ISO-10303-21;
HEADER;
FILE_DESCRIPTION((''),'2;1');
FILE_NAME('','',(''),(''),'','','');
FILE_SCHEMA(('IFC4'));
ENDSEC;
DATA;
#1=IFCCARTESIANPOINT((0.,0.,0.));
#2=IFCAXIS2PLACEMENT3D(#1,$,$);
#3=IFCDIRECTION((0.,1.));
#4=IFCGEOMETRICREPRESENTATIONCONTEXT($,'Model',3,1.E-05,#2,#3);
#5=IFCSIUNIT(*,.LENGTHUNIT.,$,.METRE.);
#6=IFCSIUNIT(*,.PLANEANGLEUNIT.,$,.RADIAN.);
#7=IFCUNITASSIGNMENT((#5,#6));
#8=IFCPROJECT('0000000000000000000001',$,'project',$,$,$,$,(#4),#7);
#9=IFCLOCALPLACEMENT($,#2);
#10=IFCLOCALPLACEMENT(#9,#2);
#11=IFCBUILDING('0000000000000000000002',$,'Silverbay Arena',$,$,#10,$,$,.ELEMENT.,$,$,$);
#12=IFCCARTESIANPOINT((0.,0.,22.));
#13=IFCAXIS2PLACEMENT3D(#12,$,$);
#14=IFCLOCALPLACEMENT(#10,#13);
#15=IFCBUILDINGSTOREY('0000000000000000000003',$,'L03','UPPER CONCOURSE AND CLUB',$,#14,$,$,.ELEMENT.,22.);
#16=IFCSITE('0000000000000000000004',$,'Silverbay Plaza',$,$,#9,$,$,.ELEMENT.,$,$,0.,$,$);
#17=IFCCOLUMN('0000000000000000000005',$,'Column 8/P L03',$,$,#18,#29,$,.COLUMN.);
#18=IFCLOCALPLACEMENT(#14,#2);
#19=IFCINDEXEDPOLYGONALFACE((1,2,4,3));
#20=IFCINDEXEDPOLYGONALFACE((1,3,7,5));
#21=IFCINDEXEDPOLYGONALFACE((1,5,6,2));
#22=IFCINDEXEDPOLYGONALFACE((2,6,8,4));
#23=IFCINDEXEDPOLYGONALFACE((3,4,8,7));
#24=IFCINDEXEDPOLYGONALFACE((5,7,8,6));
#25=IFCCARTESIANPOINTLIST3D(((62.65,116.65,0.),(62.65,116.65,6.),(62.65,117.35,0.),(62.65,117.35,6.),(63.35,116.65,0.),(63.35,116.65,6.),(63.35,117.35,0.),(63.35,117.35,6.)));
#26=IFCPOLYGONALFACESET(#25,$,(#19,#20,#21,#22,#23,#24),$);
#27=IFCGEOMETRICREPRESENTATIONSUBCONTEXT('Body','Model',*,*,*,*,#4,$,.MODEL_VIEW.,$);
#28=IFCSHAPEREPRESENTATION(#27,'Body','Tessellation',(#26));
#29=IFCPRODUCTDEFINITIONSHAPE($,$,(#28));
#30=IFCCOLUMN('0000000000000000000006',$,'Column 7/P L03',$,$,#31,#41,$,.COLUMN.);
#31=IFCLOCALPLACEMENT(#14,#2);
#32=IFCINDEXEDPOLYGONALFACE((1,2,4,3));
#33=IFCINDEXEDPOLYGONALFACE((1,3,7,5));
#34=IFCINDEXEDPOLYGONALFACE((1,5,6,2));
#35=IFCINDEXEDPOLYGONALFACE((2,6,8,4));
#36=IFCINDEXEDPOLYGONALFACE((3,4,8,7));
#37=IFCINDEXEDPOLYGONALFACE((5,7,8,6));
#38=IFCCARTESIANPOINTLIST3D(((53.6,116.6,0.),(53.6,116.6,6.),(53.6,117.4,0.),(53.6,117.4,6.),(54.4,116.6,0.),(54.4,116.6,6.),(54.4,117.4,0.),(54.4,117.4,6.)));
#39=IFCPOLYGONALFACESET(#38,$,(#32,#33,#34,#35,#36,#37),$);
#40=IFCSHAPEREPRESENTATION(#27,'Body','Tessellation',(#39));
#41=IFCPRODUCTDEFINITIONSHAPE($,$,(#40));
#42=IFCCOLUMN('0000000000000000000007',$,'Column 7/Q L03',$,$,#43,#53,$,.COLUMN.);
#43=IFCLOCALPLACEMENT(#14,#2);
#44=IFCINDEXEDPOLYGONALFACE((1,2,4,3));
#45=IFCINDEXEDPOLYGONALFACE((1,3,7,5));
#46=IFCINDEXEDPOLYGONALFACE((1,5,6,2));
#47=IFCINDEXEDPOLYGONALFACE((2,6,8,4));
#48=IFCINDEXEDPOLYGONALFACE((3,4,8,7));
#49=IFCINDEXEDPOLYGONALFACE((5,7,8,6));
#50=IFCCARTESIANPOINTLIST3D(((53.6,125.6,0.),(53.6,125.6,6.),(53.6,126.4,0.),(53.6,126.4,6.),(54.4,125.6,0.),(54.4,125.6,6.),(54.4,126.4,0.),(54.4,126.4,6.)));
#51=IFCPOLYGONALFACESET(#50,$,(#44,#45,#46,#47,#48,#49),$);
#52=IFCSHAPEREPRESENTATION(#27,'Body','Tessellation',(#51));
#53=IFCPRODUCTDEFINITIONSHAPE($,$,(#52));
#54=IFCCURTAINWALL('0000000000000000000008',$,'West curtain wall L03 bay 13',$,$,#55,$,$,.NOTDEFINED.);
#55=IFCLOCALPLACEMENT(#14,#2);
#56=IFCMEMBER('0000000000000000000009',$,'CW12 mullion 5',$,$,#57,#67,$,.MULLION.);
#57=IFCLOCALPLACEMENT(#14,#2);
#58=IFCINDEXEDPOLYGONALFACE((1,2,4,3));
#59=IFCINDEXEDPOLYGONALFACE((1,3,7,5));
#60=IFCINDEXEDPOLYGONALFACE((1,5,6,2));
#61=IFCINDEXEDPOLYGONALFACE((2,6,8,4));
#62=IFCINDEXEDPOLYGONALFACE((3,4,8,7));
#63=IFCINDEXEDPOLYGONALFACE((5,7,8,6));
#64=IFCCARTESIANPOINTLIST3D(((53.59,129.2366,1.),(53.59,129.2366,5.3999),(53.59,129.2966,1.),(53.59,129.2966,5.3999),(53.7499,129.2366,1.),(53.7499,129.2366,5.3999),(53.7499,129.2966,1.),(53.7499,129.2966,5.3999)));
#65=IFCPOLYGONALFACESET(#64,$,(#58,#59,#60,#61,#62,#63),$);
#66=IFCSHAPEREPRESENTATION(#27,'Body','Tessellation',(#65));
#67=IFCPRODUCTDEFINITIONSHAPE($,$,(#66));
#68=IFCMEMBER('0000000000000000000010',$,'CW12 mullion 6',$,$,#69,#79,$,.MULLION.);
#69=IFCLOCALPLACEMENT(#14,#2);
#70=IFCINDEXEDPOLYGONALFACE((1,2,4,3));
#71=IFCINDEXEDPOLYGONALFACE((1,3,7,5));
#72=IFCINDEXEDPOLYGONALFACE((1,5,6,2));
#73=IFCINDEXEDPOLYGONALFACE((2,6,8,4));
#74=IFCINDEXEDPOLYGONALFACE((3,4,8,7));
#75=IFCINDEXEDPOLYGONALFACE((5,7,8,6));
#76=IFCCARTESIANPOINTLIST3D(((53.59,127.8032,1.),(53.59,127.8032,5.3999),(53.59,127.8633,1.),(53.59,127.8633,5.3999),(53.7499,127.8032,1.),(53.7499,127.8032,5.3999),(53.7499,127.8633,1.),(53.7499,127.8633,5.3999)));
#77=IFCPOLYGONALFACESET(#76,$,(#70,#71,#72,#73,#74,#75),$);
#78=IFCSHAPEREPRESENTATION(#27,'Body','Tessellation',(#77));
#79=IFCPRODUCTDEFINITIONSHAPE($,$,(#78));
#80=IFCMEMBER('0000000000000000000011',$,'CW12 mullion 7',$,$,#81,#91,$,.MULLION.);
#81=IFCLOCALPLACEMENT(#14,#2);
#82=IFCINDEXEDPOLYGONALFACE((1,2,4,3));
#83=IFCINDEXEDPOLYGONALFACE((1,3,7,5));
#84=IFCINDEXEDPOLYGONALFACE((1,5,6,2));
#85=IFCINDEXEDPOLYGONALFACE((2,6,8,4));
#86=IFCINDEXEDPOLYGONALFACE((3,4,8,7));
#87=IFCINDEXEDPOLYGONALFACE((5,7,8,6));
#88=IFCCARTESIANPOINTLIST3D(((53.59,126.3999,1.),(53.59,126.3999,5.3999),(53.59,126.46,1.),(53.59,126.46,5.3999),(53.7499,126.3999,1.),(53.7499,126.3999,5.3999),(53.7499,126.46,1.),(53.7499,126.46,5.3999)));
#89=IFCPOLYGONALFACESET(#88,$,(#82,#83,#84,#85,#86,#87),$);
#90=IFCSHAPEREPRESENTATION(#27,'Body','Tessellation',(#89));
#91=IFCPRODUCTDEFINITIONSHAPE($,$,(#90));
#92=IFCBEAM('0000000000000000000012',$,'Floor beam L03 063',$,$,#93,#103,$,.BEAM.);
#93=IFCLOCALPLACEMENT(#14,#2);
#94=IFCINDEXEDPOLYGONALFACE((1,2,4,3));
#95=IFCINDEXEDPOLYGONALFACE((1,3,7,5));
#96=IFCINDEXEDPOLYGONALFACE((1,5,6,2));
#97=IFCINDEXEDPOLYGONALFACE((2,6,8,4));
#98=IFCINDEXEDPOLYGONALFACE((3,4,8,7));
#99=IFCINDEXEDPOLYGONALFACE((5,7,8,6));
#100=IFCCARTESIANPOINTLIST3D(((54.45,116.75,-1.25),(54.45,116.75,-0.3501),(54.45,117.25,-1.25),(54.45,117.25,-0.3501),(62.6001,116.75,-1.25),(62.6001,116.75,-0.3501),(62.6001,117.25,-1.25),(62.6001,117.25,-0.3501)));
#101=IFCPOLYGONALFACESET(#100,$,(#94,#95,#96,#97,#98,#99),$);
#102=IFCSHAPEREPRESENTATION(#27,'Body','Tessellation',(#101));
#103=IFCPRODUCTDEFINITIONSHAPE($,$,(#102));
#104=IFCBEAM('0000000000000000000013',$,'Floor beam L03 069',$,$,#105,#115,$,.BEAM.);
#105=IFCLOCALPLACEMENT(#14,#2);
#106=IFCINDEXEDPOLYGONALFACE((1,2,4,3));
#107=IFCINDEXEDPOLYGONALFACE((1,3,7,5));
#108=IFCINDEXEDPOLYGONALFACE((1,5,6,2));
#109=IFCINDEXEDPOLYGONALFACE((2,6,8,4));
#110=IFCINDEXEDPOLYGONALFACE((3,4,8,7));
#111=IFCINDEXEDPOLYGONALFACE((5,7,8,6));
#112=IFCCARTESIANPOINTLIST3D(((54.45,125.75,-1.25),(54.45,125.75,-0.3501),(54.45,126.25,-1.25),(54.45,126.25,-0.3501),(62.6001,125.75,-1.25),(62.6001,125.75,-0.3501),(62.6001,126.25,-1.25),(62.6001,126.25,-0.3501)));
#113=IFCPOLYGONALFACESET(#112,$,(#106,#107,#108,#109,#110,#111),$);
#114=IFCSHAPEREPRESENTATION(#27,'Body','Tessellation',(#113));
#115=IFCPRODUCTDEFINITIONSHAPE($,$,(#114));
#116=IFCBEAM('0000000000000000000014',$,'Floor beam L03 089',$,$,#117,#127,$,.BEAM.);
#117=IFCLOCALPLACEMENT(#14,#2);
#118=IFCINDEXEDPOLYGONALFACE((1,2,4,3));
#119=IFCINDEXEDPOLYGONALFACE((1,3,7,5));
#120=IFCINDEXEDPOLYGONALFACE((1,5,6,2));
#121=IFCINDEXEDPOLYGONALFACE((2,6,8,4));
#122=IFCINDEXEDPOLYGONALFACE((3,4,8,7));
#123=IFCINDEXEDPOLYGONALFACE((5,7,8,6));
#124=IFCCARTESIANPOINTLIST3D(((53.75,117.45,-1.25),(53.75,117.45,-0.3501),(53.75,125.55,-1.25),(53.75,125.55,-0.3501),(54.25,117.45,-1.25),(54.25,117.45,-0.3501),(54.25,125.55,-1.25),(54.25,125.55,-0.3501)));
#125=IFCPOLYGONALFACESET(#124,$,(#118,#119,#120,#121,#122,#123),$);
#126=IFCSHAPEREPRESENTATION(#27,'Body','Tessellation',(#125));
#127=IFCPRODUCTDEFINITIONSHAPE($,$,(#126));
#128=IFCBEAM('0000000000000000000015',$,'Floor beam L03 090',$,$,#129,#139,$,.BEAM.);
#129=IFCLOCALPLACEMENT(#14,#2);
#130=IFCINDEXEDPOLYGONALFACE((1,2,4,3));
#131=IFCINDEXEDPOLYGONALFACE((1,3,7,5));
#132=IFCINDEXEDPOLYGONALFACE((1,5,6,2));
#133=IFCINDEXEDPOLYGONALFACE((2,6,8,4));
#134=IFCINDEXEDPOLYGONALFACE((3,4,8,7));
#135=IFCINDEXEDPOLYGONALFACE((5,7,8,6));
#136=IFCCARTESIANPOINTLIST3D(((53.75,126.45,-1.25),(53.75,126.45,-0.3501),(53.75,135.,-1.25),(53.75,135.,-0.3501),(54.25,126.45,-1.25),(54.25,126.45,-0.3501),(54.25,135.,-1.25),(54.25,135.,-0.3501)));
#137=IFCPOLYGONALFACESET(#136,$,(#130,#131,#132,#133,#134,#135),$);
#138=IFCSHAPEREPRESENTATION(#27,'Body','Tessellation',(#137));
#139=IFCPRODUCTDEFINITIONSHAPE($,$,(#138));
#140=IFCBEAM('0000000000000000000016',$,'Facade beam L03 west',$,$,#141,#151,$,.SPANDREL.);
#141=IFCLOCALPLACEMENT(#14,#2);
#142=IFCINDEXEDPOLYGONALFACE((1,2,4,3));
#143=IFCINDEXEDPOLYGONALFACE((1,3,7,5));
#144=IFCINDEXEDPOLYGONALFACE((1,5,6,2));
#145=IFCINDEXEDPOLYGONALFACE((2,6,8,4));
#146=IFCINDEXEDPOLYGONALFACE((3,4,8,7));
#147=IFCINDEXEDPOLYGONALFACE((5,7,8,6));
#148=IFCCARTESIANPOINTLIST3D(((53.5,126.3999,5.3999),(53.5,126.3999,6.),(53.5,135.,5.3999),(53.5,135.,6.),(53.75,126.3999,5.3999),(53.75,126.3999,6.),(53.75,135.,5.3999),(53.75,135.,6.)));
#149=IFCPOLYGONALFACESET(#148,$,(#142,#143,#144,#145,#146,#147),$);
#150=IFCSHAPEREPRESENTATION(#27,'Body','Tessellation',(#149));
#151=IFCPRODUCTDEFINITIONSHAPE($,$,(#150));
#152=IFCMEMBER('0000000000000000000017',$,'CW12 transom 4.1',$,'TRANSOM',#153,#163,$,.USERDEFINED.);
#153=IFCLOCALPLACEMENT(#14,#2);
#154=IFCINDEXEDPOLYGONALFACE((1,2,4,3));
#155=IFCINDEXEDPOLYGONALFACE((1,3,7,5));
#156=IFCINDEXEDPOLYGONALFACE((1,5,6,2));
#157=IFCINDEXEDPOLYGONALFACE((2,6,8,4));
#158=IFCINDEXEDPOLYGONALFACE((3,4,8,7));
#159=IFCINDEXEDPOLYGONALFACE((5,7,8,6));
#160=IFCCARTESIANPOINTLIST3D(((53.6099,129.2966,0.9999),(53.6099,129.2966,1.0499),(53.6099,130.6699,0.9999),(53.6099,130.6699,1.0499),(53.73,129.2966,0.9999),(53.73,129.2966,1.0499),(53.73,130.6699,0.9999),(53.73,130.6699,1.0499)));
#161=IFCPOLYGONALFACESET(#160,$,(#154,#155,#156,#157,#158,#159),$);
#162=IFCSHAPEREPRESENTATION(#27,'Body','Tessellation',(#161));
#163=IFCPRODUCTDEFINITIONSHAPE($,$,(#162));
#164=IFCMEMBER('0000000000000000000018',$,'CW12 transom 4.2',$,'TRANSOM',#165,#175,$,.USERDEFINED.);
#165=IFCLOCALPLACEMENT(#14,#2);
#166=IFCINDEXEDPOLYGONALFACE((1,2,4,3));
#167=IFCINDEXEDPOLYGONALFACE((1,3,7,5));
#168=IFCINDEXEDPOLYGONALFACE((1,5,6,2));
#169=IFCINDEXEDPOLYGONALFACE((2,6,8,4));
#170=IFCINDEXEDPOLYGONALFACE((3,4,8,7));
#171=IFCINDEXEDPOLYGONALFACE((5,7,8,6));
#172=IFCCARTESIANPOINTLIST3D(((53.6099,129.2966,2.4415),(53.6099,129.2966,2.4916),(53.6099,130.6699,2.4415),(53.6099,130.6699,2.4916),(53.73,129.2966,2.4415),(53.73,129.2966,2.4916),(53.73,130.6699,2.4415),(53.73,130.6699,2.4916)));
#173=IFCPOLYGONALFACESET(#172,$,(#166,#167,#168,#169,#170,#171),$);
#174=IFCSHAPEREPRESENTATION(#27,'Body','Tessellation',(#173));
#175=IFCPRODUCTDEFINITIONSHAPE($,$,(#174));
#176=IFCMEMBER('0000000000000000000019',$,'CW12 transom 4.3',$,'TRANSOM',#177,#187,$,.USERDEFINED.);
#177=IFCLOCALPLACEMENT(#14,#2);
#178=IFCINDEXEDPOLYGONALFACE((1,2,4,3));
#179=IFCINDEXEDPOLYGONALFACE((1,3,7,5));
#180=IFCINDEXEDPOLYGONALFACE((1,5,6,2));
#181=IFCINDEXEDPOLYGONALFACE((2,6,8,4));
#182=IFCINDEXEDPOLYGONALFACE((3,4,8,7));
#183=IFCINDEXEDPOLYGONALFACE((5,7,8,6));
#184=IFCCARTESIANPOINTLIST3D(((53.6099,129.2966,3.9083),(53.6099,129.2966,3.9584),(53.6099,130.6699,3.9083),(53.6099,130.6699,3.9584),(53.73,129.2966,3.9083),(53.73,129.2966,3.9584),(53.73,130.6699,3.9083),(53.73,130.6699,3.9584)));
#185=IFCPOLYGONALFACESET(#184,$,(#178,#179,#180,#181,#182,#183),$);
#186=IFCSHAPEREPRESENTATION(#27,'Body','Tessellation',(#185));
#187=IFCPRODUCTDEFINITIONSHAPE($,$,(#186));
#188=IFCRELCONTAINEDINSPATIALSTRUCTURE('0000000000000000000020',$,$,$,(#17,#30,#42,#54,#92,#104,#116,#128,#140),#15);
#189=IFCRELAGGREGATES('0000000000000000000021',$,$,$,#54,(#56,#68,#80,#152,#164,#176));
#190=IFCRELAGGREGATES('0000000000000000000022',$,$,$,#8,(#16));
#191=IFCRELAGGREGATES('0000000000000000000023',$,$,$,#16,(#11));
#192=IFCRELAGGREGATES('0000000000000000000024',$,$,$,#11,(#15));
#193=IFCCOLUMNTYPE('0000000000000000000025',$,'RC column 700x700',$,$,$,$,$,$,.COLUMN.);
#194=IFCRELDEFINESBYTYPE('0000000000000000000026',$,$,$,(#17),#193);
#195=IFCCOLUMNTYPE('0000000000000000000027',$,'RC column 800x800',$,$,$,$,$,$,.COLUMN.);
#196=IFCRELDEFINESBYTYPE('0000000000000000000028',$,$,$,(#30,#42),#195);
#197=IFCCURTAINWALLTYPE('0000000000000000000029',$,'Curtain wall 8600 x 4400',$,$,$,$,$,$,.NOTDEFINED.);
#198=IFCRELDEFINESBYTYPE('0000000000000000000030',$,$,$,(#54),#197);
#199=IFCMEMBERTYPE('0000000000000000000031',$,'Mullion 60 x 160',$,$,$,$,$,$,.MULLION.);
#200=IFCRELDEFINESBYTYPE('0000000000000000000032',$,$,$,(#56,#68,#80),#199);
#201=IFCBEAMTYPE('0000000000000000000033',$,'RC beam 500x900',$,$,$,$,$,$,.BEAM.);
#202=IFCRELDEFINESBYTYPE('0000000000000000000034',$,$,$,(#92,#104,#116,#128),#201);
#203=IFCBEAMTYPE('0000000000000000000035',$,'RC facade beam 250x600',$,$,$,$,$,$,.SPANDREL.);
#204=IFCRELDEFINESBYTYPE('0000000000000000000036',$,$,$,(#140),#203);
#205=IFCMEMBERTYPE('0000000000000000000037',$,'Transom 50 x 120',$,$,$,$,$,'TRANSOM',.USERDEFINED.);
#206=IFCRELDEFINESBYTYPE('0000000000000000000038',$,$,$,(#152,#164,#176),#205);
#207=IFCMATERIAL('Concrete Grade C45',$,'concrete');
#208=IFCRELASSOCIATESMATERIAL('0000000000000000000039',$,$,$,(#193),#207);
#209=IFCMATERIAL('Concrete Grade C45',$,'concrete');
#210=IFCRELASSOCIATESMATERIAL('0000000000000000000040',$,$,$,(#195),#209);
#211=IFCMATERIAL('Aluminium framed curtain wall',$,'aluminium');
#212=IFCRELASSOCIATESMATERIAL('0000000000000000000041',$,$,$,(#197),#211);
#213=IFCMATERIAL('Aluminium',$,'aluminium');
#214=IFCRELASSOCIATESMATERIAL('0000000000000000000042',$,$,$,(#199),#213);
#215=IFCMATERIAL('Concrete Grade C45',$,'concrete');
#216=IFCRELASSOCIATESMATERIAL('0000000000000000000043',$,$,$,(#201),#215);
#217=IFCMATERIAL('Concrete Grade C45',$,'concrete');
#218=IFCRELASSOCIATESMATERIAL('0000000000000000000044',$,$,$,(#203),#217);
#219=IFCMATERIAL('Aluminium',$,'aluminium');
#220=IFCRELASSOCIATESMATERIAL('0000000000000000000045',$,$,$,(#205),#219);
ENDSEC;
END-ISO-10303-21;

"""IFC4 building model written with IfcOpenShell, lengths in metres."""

from ifc_helpers import new_model, si_unit, direction, frame, origin, origin_2d, place, context, subcontext, project, spatial, rectangle, extrude, material, material_profile, profile_set, type_object, element, aggregate, save


model = new_model("IFC4")

# Units and contexts
model_context = context("Model", 3, precision=1e-05, world=origin(), true_north=direction((0.0, 1.0)))
body_context = subcontext(model_context, "Body", "Model", "MODEL_VIEW")
ifc_project = project(units=[si_unit("LENGTHUNIT", "METRE"), si_unit("PLANEANGLEUNIT", "RADIAN")], contexts=[model_context])

# Site, building, storey
site_placement = place(None, origin())
site = spatial("IfcSite", under=ifc_project, at=site_placement, Name="Silverbay Plaza", CompositionType="ELEMENT", RefElevation=0.0)
building_placement = place(site_placement, origin())
building = spatial("IfcBuilding", under=site, at=building_placement, Name="Silverbay Arena", CompositionType="ELEMENT")
storey_placement = place(building_placement, frame((0.0, 0.0, 22.0)))
storey = spatial("IfcBuildingStorey", under=building, at=storey_placement, Name="L03", Description="UPPER CONCOURSE AND CLUB", CompositionType="ELEMENT", Elevation=22.0)

# Columns
ifc_material_1 = material(Name="Concrete Grade C45", Category="concrete")
ifc_material_profile_1 = material_profile(ifc_material_1, rectangle(XDim=0.7, YDim=0.7, at=origin_2d()), Name="RC 700x700")
ifc_profile_set_1 = profile_set([ifc_material_profile_1], Name="Concrete Grade C45")
column_type_1 = type_object("IfcColumnType", Name="RC column 700x700", PredefinedType="COLUMN", material=ifc_profile_set_1)
column_placement = place(storey_placement, frame((63.0, 117.0, 0.0), z_axis=(0.0, 0.0, 1.0), x_axis=(1.0, 0.0, 0.0)))
element("IfcColumn", 1, at=column_placement, inside=storey, type_object=column_type_1, Name="Column 8/P L03", PredefinedType="COLUMN", context=body_context, shape_type="SweptSolid", body=[
    extrude(rectangle(XDim=0.7, YDim=0.7, at=origin_2d()), origin(), (0.0, 0.0, 1.0), 6.0),
])
ifc_material_2 = material(Name="Concrete Grade C45", Category="concrete")
ifc_material_profile_2 = material_profile(ifc_material_2, rectangle(XDim=0.8, YDim=0.8, at=origin_2d()), Name="RC 800x800")
ifc_profile_set_2 = profile_set([ifc_material_profile_2], Name="Concrete Grade C45")
column_type_2 = type_object("IfcColumnType", Name="RC column 800x800", PredefinedType="COLUMN", material=ifc_profile_set_2)
for number, where, z_axis, x_axis, name in (
    (2, (54.0, 117.0, 0.0), (0.0, 0.0, 1.0), (1.0, 0.0, 0.0), "Column 7/P L03"),
    (3, (54.0, 126.0, 0.0), (0.0, 0.0, 1.0), (1.0, 0.0, 0.0), "Column 7/Q L03"),
):
    element("IfcColumn", number, at=place(storey_placement, frame(where, z_axis=z_axis, x_axis=x_axis)), inside=storey, type_object=column_type_2, Name=name, PredefinedType="COLUMN", context=body_context, shape_type="SweptSolid", body=[
        extrude(rectangle(XDim=0.8, YDim=0.8, at=origin_2d()), origin(), (0.0, 0.0, 1.0), 6.0),
    ])

# Curtain wall, members
ifc_material_3 = material(Name="Aluminium framed curtain wall", Category="aluminium")
curtain_wall_type = type_object("IfcCurtainWallType", Name="Curtain wall 8600 x 4400", PredefinedType="NOTDEFINED", material=ifc_material_3)
curtain_wall_placement = place(storey_placement, origin())
curtain_wall = element("IfcCurtainWall", 4, at=curtain_wall_placement, inside=storey, type_object=curtain_wall_type, Name="West curtain wall L03 bay 13", PredefinedType="NOTDEFINED")
ifc_material_4 = material(Name="Aluminium", Category="aluminium")
ifc_material_profile_3 = material_profile(ifc_material_4, rectangle(XDim=0.1599, YDim=0.0601, at=origin_2d()), Name="Mullion 60 x 160")
ifc_profile_set_3 = profile_set([ifc_material_profile_3], Name="Aluminium")
member_type_1 = type_object("IfcMemberType", Name="Mullion 60 x 160", PredefinedType="MULLION", material=ifc_profile_set_3)
member_1_placement = place(storey_placement, frame((53.6699, 129.2666, 1.0), z_axis=(0.0, 0.0, 1.0), x_axis=(1.0, 0.0, 0.0)))
member_1 = element("IfcMember", 5, at=member_1_placement, type_object=member_type_1, Name="CW12 mullion 5", PredefinedType="MULLION", context=body_context, shape_type="SweptSolid", body=[
    extrude(rectangle(XDim=0.1599, YDim=0.0601, at=origin_2d()), origin(), (0.0, 0.0, 1.0), 4.3999),
])
member_2_placement = place(storey_placement, frame((53.6699, 127.8333, 1.0), z_axis=(0.0, 0.0, 1.0), x_axis=(1.0, 0.0, 0.0)))
member_2 = element("IfcMember", 6, at=member_2_placement, type_object=member_type_1, Name="CW12 mullion 6", PredefinedType="MULLION", context=body_context, shape_type="SweptSolid", body=[
    extrude(rectangle(XDim=0.1599, YDim=0.0601, at=origin_2d()), origin(), (0.0, 0.0, 1.0), 4.3999),
])
member_3_placement = place(storey_placement, frame((53.6699, 126.4299, 1.0), z_axis=(0.0, 0.0, 1.0), x_axis=(1.0, 0.0, 0.0)))
member_3 = element("IfcMember", 7, at=member_3_placement, type_object=member_type_1, Name="CW12 mullion 7", PredefinedType="MULLION", context=body_context, shape_type="SweptSolid", body=[
    extrude(rectangle(XDim=0.1599, YDim=0.0601, at=origin_2d()), origin(), (0.0, 0.0, 1.0), 4.3999),
])

# Beams
ifc_material_5 = material(Name="Concrete Grade C45", Category="concrete")
ifc_material_profile_4 = material_profile(ifc_material_5, rectangle(XDim=0.5, YDim=0.8999, at=origin_2d()), Name="RC 500x900")
ifc_profile_set_4 = profile_set([ifc_material_profile_4], Name="Concrete Grade C45")
beam_type_1 = type_object("IfcBeamType", Name="RC beam 500x900", PredefinedType="BEAM", material=ifc_profile_set_4)
for number, where, z_axis, x_axis, name in (
    (8, (54.45, 117.0, -0.8), (1.0, 0.0, 0.0), (0.0, 1.0, 0.0), "Floor beam L03 063"),
    (9, (54.45, 126.0, -0.8), (1.0, 0.0, 0.0), (0.0, 1.0, 0.0), "Floor beam L03 069"),
):
    element("IfcBeam", number, at=place(storey_placement, frame(where, z_axis=z_axis, x_axis=x_axis)), inside=storey, type_object=beam_type_1, Name=name, PredefinedType="BEAM", context=body_context, shape_type="SweptSolid", body=[
        extrude(rectangle(XDim=0.5, YDim=0.8999, at=origin_2d()), origin(), (0.0, 0.0, 1.0), 8.1501),
    ])
beam_1_placement = place(storey_placement, frame((54.0, 117.45, -0.8), z_axis=(0.0, 1.0, 0.0), x_axis=(-1.0, 0.0, 0.0)))
element("IfcBeam", 10, at=beam_1_placement, inside=storey, type_object=beam_type_1, Name="Floor beam L03 089", PredefinedType="BEAM", context=body_context, shape_type="SweptSolid", body=[
    extrude(rectangle(XDim=0.5, YDim=0.8999, at=origin_2d()), origin(), (0.0, 0.0, 1.0), 8.1001),
])
beam_2_placement = place(storey_placement, frame((54.0, 126.45, -0.8), z_axis=(0.0, 1.0, 0.0), x_axis=(-1.0, 0.0, 0.0)))
element("IfcBeam", 11, at=beam_2_placement, inside=storey, type_object=beam_type_1, Name="Floor beam L03 090", PredefinedType="BEAM", context=body_context, shape_type="SweptSolid", body=[
    extrude(rectangle(XDim=0.5, YDim=0.8999, at=origin_2d()), origin(), (0.0, 0.0, 1.0), 8.55),
])
ifc_material_6 = material(Name="Concrete Grade C45", Category="concrete")
ifc_material_profile_5 = material_profile(ifc_material_6, rectangle(XDim=0.25, YDim=0.6001, at=origin_2d()), Name="RC 250x600")
ifc_profile_set_5 = profile_set([ifc_material_profile_5], Name="Concrete Grade C45")
beam_type_2 = type_object("IfcBeamType", Name="RC facade beam 250x600", PredefinedType="SPANDREL", material=ifc_profile_set_5)
beam_3_placement = place(storey_placement, frame((53.625, 126.3999, 5.7), z_axis=(0.0, 1.0, 0.0), x_axis=(-1.0, 0.0, 0.0)))
element("IfcBeam", 12, at=beam_3_placement, inside=storey, type_object=beam_type_2, Name="Facade beam L03 west", PredefinedType="SPANDREL", context=body_context, shape_type="SweptSolid", body=[
    extrude(rectangle(XDim=0.25, YDim=0.6001, at=origin_2d()), origin(), (0.0, 0.0, 1.0), 8.6001),
])

# Members
ifc_material_7 = material(Name="Aluminium", Category="aluminium")
ifc_material_profile_6 = material_profile(ifc_material_7, rectangle(XDim=0.1201, YDim=0.05, at=origin_2d()), Name="Transom 50 x 120")
ifc_profile_set_6 = profile_set([ifc_material_profile_6], Name="Aluminium")
member_type_2 = type_object("IfcMemberType", Name="Transom 50 x 120", ElementType="TRANSOM", PredefinedType="USERDEFINED", material=ifc_profile_set_6)
member_4_placement = place(storey_placement, frame((53.6699, 130.6699, 1.0249), z_axis=(0.0, -1.0, 0.0), x_axis=(1.0, 0.0, 0.0)))
member_4 = element("IfcMember", 13, at=member_4_placement, type_object=member_type_2, Name="CW12 transom 4.1", ObjectType="TRANSOM", PredefinedType="USERDEFINED", context=body_context, shape_type="SweptSolid", body=[
    extrude(rectangle(XDim=0.1201, YDim=0.05, at=origin_2d()), origin(), (0.0, 0.0, 1.0), 1.3733),
])
member_5_placement = place(storey_placement, frame((53.6699, 130.6699, 2.4666), z_axis=(0.0, -1.0, 0.0), x_axis=(1.0, 0.0, 0.0)))
member_5 = element("IfcMember", 14, at=member_5_placement, type_object=member_type_2, Name="CW12 transom 4.2", ObjectType="TRANSOM", PredefinedType="USERDEFINED", context=body_context, shape_type="SweptSolid", body=[
    extrude(rectangle(XDim=0.1201, YDim=0.05, at=origin_2d()), origin(), (0.0, 0.0, 1.0), 1.3733),
])
member_6_placement = place(storey_placement, frame((53.6699, 130.6699, 3.9333), z_axis=(0.0, -1.0, 0.0), x_axis=(1.0, 0.0, 0.0)))
member_6 = element("IfcMember", 15, at=member_6_placement, type_object=member_type_2, Name="CW12 transom 4.3", ObjectType="TRANSOM", PredefinedType="USERDEFINED", context=body_context, shape_type="SweptSolid", body=[
    extrude(rectangle(XDim=0.1201, YDim=0.05, at=origin_2d()), origin(), (0.0, 0.0, 1.0), 1.3733),
])

aggregate(curtain_wall, [member_1, member_2, member_3, member_4, member_5, member_6])

save(model, "model.ifc")
